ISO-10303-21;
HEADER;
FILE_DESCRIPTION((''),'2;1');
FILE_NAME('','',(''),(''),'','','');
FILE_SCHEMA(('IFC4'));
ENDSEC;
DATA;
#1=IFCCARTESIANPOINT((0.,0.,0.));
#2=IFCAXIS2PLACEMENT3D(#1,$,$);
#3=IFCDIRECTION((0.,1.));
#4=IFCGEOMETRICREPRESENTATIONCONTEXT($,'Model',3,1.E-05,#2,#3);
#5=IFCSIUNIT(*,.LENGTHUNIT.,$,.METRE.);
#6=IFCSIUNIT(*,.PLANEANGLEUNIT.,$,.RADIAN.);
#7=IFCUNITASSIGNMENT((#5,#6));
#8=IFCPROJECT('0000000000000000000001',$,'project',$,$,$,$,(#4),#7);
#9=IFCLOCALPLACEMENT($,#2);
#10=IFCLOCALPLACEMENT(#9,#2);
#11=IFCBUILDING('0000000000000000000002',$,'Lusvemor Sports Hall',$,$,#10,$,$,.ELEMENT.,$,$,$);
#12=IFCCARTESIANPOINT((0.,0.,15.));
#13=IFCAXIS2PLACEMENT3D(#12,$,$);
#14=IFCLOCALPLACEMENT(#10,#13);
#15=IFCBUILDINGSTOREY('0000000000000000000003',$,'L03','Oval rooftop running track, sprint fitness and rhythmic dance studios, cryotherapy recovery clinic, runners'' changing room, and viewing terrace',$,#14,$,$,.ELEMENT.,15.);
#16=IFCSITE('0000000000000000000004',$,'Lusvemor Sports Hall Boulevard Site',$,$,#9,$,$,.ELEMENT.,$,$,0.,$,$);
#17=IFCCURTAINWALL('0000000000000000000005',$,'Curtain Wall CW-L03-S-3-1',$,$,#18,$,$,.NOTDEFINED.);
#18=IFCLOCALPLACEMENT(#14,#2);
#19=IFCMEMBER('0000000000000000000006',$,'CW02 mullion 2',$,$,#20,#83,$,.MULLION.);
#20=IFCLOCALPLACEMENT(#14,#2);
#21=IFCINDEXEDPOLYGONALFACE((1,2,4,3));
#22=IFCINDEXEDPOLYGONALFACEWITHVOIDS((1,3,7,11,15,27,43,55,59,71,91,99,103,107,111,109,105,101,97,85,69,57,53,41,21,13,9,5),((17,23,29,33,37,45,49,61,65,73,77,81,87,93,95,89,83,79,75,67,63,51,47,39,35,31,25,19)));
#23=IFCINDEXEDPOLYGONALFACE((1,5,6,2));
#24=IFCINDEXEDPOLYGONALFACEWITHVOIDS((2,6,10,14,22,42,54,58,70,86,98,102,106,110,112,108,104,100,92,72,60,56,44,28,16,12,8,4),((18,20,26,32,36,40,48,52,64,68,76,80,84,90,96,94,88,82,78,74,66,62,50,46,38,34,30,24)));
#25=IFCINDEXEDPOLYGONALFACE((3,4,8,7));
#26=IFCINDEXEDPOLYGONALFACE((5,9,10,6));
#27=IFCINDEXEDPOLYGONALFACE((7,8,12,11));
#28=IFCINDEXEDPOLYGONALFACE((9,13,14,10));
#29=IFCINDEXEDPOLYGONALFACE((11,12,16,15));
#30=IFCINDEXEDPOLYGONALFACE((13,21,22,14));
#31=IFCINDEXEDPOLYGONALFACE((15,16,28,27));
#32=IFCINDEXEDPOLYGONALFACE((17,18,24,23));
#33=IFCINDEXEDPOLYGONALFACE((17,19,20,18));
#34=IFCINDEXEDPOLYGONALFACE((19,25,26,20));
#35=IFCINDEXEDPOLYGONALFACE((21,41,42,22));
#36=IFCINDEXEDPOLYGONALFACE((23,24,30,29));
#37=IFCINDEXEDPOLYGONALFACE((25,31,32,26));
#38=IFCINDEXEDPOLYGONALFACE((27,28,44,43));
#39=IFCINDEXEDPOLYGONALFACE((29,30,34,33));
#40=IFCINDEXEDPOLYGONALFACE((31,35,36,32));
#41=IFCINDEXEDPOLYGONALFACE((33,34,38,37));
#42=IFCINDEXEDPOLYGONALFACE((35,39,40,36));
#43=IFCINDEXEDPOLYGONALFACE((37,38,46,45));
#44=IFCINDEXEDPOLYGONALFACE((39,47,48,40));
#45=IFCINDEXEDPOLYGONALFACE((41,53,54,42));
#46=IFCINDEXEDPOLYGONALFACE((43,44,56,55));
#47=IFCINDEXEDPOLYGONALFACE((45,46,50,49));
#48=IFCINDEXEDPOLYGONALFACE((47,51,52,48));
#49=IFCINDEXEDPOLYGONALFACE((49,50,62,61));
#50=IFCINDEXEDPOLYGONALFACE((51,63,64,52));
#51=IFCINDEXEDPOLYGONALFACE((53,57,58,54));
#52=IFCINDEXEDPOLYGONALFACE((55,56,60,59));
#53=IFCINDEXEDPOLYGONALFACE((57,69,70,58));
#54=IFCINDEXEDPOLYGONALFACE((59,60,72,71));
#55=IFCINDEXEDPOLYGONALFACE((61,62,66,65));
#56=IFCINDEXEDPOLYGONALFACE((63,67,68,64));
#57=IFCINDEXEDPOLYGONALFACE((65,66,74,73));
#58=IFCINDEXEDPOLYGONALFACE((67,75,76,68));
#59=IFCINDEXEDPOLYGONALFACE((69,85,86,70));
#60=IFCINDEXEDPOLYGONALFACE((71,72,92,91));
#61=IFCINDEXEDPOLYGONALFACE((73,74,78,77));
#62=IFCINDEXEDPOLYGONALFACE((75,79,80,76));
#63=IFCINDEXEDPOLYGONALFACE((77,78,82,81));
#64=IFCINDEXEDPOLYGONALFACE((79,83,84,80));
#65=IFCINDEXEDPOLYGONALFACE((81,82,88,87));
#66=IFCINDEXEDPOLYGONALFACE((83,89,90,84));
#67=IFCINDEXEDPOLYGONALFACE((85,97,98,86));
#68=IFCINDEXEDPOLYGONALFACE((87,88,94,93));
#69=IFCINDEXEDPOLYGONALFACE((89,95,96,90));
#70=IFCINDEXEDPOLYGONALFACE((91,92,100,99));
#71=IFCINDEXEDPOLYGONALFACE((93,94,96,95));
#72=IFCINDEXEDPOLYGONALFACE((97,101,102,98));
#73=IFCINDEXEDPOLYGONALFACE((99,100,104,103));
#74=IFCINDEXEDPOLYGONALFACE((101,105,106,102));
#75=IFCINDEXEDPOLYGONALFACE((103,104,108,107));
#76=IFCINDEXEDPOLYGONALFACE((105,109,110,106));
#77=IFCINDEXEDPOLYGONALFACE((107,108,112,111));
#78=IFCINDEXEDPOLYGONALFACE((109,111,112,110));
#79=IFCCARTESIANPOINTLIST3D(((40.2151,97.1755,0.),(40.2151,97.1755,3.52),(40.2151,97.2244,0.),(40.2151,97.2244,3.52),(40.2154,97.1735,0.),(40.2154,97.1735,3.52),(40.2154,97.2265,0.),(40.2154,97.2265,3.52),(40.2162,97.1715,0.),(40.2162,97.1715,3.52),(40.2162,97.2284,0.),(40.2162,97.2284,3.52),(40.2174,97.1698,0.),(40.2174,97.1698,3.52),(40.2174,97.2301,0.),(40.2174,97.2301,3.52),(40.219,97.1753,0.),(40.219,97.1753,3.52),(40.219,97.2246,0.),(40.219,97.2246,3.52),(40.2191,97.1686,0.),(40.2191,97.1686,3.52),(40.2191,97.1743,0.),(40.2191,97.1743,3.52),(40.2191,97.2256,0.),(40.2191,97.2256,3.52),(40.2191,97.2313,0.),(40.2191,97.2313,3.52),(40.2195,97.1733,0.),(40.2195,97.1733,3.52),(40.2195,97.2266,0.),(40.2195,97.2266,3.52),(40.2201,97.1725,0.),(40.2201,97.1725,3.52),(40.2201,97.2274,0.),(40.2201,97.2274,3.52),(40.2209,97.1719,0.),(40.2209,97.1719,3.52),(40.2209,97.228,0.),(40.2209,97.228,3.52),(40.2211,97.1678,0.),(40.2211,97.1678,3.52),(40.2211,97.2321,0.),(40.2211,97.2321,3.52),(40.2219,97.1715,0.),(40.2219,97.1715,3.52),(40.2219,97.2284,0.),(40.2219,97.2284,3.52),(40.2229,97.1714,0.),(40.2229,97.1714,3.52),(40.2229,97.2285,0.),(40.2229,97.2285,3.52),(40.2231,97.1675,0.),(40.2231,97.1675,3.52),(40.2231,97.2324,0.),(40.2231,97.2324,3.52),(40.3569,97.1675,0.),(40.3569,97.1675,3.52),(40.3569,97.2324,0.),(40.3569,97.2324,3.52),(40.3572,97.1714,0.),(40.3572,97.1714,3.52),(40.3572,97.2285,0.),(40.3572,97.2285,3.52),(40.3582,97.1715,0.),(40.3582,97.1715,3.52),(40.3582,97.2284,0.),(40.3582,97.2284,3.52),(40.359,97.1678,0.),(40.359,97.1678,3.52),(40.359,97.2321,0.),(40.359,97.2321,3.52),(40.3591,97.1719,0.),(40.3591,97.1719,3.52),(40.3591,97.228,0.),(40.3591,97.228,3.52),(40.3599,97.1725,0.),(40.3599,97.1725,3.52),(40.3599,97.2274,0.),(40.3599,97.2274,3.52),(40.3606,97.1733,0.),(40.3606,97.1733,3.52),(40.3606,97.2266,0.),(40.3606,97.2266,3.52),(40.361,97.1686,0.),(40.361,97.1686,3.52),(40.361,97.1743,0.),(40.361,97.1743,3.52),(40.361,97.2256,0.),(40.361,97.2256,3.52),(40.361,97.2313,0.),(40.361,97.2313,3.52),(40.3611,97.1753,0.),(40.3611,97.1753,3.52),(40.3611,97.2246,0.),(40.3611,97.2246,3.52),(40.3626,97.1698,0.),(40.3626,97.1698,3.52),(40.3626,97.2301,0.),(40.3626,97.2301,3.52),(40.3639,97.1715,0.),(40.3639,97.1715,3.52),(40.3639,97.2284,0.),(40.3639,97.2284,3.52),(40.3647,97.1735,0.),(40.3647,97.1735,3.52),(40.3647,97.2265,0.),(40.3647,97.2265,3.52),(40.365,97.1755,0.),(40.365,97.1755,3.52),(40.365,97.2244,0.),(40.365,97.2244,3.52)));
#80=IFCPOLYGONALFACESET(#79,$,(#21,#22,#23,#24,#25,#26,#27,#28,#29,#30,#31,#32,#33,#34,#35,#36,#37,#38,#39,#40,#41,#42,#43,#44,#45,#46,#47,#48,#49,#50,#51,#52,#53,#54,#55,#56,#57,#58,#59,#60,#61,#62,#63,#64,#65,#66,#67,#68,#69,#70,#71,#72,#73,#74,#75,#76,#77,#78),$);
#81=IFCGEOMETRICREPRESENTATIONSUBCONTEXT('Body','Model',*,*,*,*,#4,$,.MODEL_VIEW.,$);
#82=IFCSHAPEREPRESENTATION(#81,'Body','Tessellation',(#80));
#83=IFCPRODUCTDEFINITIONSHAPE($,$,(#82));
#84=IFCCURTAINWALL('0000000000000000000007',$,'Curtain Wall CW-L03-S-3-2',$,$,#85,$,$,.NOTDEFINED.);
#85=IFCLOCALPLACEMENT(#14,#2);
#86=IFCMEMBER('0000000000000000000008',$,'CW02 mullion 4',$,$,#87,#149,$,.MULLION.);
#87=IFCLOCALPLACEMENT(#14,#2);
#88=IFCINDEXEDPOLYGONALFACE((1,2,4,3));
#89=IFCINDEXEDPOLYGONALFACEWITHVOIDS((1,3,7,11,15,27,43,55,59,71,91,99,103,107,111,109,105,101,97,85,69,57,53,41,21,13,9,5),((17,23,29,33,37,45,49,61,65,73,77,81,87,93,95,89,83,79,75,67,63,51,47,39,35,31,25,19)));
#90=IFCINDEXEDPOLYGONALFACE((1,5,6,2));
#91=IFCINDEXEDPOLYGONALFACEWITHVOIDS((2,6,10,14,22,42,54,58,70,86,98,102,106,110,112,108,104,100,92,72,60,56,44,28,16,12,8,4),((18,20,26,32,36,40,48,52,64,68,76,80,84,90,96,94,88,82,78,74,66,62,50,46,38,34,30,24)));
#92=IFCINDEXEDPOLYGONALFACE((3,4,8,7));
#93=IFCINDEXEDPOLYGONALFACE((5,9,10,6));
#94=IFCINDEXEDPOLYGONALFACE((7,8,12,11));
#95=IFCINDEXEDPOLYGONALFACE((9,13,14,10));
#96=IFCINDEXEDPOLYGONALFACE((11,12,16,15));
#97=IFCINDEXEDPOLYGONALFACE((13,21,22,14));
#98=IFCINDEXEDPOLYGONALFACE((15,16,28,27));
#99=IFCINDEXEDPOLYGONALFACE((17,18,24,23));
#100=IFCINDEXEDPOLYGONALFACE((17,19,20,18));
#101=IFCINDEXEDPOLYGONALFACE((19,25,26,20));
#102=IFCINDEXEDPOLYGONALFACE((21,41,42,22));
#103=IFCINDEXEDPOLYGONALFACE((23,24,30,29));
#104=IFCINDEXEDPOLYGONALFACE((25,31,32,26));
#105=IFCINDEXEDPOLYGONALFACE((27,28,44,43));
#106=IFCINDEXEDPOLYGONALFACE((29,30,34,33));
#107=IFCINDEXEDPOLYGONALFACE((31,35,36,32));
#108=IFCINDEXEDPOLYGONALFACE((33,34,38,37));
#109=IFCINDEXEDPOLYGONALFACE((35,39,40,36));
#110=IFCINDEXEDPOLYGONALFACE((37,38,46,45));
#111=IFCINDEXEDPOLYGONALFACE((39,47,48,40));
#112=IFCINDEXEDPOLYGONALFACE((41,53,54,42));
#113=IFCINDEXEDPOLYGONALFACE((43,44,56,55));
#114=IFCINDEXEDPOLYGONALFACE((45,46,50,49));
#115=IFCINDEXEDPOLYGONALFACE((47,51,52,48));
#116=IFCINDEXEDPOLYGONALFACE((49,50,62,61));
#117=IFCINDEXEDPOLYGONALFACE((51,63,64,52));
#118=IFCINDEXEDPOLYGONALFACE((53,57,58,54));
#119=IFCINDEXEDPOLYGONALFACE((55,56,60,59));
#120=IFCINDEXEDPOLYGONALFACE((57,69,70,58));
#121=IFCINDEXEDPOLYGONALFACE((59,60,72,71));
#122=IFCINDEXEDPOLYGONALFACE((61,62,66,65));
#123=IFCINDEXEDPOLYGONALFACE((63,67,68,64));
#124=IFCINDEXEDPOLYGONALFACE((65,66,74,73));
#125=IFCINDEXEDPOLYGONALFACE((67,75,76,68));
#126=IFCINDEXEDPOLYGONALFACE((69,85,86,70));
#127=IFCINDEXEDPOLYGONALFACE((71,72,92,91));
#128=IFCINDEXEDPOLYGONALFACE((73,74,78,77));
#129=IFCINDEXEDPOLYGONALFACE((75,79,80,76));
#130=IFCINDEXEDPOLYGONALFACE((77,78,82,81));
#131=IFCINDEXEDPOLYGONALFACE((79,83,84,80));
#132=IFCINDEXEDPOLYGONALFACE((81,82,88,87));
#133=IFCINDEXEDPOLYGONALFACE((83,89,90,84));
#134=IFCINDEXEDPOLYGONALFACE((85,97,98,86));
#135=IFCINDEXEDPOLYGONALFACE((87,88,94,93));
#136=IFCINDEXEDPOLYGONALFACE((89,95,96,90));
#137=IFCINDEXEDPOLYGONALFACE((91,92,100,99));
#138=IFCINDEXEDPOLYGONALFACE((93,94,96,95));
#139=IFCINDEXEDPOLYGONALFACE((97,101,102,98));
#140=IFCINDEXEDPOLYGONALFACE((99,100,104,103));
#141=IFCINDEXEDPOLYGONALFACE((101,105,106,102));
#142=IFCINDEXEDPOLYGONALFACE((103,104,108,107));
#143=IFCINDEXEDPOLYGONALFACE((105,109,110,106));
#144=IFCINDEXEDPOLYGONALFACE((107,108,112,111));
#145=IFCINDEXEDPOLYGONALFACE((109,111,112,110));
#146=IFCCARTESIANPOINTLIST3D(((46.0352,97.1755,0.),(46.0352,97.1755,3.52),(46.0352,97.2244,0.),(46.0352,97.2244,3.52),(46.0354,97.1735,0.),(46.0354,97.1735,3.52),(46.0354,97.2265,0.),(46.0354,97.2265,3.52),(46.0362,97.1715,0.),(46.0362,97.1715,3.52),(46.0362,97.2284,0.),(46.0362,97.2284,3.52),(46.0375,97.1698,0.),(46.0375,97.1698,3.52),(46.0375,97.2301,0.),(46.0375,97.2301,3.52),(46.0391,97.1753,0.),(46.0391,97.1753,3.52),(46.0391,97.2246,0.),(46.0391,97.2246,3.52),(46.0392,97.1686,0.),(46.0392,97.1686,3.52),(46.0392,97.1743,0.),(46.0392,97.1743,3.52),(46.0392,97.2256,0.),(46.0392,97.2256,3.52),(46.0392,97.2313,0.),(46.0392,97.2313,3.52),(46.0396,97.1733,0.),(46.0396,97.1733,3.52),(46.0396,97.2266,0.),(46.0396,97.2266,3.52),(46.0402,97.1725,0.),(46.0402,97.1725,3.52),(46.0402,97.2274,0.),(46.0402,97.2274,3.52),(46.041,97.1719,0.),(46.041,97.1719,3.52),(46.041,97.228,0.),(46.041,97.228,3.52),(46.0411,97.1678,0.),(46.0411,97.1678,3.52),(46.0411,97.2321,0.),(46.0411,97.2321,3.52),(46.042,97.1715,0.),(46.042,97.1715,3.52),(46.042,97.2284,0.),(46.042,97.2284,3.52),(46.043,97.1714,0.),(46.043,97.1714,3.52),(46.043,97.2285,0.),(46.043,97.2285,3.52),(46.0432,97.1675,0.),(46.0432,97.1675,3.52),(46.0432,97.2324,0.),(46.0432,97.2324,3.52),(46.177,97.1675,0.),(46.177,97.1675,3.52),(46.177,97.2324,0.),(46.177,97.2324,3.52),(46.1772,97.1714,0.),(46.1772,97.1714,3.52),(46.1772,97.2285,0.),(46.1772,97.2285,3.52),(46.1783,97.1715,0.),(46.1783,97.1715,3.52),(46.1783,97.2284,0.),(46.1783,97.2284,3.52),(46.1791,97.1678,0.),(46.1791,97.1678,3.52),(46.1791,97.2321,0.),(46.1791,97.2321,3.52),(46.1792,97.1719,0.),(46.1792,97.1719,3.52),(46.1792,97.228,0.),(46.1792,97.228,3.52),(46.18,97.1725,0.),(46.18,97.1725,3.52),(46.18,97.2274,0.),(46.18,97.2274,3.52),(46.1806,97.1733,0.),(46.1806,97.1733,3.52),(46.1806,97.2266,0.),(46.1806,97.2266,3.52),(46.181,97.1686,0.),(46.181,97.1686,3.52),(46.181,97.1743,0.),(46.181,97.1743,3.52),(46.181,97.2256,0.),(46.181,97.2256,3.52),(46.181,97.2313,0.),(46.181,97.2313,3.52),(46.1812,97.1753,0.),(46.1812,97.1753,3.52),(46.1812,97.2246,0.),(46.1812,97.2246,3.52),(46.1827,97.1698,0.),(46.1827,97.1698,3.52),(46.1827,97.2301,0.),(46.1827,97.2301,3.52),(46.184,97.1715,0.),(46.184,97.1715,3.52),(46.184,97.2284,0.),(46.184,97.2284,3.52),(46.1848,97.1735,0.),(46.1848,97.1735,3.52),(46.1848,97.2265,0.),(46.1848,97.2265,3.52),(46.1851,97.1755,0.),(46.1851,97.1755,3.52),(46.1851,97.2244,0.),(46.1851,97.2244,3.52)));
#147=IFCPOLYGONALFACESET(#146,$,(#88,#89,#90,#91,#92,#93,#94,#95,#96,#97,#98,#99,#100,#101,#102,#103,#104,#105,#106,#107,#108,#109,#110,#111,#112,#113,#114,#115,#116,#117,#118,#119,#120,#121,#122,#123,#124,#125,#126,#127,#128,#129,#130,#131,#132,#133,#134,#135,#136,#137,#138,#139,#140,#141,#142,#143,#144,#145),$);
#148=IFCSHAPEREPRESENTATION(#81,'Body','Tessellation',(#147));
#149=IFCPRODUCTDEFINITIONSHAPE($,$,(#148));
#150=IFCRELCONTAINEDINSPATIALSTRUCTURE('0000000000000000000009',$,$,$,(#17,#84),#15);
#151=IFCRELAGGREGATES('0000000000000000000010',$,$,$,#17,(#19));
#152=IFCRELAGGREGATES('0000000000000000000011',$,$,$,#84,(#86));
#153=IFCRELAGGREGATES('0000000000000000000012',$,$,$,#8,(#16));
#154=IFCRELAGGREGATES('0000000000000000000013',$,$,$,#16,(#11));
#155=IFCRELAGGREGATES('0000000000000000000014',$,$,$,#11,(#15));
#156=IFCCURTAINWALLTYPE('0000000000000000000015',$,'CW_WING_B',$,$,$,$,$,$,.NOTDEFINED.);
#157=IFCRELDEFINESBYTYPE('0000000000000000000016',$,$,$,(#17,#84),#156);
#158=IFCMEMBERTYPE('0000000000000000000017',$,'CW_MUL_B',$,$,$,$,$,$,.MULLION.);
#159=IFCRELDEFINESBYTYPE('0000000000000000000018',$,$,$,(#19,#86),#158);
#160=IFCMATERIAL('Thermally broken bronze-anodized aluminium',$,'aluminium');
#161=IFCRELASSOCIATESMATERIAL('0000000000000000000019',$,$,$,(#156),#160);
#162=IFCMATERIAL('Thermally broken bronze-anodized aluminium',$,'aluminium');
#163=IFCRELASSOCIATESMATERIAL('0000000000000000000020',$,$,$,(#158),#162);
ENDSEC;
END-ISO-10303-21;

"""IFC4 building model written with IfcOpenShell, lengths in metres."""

from ifc_helpers import new_model, si_unit, direction, frame, origin, origin_2d, place, context, subcontext, project, spatial, hollow_rectangle, extrude, material, material_profile, profile_set, type_object, element, aggregate, save


model = new_model("IFC4")

# Units and contexts
model_context = context("Model", 3, precision=1e-05, world=origin(), true_north=direction((0.0, 1.0)))
body_context = subcontext(model_context, "Body", "Model", "MODEL_VIEW")
ifc_project = project(units=[si_unit("LENGTHUNIT", "METRE"), si_unit("PLANEANGLEUNIT", "RADIAN")], contexts=[model_context])

# Site, building, storey
site_placement = place(None, origin())
site = spatial("IfcSite", under=ifc_project, at=site_placement, Name="Lusvemor Sports Hall Boulevard Site", CompositionType="ELEMENT", RefElevation=0.0)
building_placement = place(site_placement, origin())
building = spatial("IfcBuilding", under=site, at=building_placement, Name="Lusvemor Sports Hall", CompositionType="ELEMENT")
storey_placement = place(building_placement, frame((0.0, 0.0, 15.0)))
storey = spatial("IfcBuildingStorey", under=building, at=storey_placement, Name="L03", Description="Oval rooftop running track, sprint fitness and rhythmic dance studios, cryotherapy recovery clinic, runners' changing room, and viewing terrace", CompositionType="ELEMENT", Elevation=15.0)

# Curtain walls, members
ifc_material_1 = material(Name="Thermally broken bronze-anodized aluminium", Category="aluminium")
curtain_wall_type = type_object("IfcCurtainWallType", Name="CW_WING_B", PredefinedType="NOTDEFINED", material=ifc_material_1)
curtain_wall_1_placement = place(storey_placement, origin())
curtain_wall_1 = element("IfcCurtainWall", 1, at=curtain_wall_1_placement, inside=storey, type_object=curtain_wall_type, Name="Curtain Wall CW-L03-S-3-1", PredefinedType="NOTDEFINED")
ifc_material_2 = material(Name="Thermally broken bronze-anodized aluminium", Category="aluminium")
ifc_material_profile_1 = material_profile(ifc_material_2, hollow_rectangle(XDim=0.0649, YDim=0.1499, WallThickness=0.0039, InnerFilletRadius=0.0039, OuterFilletRadius=0.0081, at=origin_2d()), Name="CWMUL150x65x4")
ifc_profile_set_1 = profile_set([ifc_material_profile_1], Name="Thermally broken bronze-anodized aluminium")
member_type_1 = type_object("IfcMemberType", Name="CW_MUL_B", PredefinedType="MULLION", material=ifc_profile_set_1)
member_1_placement = place(storey_placement, frame((40.29, 97.2, 0.0), z_axis=(0.0, 0.0, 1.0), x_axis=(0.0, -1.0, 0.0)))
member_1 = element("IfcMember", 2, at=member_1_placement, type_object=member_type_1, Name="CW02 mullion 2", PredefinedType="MULLION", context=body_context, shape_type="SweptSolid", body=[
    extrude(hollow_rectangle(XDim=0.0649, YDim=0.1499, WallThickness=0.0039, InnerFilletRadius=0.0039, OuterFilletRadius=0.0081, at=origin_2d()), origin(), (0.0, 0.0, 1.0), 3.52),
])
curtain_wall_2_placement = place(storey_placement, origin())
curtain_wall_2 = element("IfcCurtainWall", 3, at=curtain_wall_2_placement, inside=storey, type_object=curtain_wall_type, Name="Curtain Wall CW-L03-S-3-2", PredefinedType="NOTDEFINED")
member_2_placement = place(storey_placement, frame((46.1101, 97.2, 0.0), z_axis=(0.0, 0.0, 1.0), x_axis=(0.0, -1.0, 0.0)))
member_2 = element("IfcMember", 4, at=member_2_placement, type_object=member_type_1, Name="CW02 mullion 4", PredefinedType="MULLION", context=body_context, shape_type="SweptSolid", body=[
    extrude(hollow_rectangle(XDim=0.0649, YDim=0.1499, WallThickness=0.0039, InnerFilletRadius=0.0039, OuterFilletRadius=0.0081, at=origin_2d()), origin(), (0.0, 0.0, 1.0), 3.52),
])

aggregate(curtain_wall_1, [member_1])
aggregate(curtain_wall_2, [member_2])

save(model, "model.ifc")
